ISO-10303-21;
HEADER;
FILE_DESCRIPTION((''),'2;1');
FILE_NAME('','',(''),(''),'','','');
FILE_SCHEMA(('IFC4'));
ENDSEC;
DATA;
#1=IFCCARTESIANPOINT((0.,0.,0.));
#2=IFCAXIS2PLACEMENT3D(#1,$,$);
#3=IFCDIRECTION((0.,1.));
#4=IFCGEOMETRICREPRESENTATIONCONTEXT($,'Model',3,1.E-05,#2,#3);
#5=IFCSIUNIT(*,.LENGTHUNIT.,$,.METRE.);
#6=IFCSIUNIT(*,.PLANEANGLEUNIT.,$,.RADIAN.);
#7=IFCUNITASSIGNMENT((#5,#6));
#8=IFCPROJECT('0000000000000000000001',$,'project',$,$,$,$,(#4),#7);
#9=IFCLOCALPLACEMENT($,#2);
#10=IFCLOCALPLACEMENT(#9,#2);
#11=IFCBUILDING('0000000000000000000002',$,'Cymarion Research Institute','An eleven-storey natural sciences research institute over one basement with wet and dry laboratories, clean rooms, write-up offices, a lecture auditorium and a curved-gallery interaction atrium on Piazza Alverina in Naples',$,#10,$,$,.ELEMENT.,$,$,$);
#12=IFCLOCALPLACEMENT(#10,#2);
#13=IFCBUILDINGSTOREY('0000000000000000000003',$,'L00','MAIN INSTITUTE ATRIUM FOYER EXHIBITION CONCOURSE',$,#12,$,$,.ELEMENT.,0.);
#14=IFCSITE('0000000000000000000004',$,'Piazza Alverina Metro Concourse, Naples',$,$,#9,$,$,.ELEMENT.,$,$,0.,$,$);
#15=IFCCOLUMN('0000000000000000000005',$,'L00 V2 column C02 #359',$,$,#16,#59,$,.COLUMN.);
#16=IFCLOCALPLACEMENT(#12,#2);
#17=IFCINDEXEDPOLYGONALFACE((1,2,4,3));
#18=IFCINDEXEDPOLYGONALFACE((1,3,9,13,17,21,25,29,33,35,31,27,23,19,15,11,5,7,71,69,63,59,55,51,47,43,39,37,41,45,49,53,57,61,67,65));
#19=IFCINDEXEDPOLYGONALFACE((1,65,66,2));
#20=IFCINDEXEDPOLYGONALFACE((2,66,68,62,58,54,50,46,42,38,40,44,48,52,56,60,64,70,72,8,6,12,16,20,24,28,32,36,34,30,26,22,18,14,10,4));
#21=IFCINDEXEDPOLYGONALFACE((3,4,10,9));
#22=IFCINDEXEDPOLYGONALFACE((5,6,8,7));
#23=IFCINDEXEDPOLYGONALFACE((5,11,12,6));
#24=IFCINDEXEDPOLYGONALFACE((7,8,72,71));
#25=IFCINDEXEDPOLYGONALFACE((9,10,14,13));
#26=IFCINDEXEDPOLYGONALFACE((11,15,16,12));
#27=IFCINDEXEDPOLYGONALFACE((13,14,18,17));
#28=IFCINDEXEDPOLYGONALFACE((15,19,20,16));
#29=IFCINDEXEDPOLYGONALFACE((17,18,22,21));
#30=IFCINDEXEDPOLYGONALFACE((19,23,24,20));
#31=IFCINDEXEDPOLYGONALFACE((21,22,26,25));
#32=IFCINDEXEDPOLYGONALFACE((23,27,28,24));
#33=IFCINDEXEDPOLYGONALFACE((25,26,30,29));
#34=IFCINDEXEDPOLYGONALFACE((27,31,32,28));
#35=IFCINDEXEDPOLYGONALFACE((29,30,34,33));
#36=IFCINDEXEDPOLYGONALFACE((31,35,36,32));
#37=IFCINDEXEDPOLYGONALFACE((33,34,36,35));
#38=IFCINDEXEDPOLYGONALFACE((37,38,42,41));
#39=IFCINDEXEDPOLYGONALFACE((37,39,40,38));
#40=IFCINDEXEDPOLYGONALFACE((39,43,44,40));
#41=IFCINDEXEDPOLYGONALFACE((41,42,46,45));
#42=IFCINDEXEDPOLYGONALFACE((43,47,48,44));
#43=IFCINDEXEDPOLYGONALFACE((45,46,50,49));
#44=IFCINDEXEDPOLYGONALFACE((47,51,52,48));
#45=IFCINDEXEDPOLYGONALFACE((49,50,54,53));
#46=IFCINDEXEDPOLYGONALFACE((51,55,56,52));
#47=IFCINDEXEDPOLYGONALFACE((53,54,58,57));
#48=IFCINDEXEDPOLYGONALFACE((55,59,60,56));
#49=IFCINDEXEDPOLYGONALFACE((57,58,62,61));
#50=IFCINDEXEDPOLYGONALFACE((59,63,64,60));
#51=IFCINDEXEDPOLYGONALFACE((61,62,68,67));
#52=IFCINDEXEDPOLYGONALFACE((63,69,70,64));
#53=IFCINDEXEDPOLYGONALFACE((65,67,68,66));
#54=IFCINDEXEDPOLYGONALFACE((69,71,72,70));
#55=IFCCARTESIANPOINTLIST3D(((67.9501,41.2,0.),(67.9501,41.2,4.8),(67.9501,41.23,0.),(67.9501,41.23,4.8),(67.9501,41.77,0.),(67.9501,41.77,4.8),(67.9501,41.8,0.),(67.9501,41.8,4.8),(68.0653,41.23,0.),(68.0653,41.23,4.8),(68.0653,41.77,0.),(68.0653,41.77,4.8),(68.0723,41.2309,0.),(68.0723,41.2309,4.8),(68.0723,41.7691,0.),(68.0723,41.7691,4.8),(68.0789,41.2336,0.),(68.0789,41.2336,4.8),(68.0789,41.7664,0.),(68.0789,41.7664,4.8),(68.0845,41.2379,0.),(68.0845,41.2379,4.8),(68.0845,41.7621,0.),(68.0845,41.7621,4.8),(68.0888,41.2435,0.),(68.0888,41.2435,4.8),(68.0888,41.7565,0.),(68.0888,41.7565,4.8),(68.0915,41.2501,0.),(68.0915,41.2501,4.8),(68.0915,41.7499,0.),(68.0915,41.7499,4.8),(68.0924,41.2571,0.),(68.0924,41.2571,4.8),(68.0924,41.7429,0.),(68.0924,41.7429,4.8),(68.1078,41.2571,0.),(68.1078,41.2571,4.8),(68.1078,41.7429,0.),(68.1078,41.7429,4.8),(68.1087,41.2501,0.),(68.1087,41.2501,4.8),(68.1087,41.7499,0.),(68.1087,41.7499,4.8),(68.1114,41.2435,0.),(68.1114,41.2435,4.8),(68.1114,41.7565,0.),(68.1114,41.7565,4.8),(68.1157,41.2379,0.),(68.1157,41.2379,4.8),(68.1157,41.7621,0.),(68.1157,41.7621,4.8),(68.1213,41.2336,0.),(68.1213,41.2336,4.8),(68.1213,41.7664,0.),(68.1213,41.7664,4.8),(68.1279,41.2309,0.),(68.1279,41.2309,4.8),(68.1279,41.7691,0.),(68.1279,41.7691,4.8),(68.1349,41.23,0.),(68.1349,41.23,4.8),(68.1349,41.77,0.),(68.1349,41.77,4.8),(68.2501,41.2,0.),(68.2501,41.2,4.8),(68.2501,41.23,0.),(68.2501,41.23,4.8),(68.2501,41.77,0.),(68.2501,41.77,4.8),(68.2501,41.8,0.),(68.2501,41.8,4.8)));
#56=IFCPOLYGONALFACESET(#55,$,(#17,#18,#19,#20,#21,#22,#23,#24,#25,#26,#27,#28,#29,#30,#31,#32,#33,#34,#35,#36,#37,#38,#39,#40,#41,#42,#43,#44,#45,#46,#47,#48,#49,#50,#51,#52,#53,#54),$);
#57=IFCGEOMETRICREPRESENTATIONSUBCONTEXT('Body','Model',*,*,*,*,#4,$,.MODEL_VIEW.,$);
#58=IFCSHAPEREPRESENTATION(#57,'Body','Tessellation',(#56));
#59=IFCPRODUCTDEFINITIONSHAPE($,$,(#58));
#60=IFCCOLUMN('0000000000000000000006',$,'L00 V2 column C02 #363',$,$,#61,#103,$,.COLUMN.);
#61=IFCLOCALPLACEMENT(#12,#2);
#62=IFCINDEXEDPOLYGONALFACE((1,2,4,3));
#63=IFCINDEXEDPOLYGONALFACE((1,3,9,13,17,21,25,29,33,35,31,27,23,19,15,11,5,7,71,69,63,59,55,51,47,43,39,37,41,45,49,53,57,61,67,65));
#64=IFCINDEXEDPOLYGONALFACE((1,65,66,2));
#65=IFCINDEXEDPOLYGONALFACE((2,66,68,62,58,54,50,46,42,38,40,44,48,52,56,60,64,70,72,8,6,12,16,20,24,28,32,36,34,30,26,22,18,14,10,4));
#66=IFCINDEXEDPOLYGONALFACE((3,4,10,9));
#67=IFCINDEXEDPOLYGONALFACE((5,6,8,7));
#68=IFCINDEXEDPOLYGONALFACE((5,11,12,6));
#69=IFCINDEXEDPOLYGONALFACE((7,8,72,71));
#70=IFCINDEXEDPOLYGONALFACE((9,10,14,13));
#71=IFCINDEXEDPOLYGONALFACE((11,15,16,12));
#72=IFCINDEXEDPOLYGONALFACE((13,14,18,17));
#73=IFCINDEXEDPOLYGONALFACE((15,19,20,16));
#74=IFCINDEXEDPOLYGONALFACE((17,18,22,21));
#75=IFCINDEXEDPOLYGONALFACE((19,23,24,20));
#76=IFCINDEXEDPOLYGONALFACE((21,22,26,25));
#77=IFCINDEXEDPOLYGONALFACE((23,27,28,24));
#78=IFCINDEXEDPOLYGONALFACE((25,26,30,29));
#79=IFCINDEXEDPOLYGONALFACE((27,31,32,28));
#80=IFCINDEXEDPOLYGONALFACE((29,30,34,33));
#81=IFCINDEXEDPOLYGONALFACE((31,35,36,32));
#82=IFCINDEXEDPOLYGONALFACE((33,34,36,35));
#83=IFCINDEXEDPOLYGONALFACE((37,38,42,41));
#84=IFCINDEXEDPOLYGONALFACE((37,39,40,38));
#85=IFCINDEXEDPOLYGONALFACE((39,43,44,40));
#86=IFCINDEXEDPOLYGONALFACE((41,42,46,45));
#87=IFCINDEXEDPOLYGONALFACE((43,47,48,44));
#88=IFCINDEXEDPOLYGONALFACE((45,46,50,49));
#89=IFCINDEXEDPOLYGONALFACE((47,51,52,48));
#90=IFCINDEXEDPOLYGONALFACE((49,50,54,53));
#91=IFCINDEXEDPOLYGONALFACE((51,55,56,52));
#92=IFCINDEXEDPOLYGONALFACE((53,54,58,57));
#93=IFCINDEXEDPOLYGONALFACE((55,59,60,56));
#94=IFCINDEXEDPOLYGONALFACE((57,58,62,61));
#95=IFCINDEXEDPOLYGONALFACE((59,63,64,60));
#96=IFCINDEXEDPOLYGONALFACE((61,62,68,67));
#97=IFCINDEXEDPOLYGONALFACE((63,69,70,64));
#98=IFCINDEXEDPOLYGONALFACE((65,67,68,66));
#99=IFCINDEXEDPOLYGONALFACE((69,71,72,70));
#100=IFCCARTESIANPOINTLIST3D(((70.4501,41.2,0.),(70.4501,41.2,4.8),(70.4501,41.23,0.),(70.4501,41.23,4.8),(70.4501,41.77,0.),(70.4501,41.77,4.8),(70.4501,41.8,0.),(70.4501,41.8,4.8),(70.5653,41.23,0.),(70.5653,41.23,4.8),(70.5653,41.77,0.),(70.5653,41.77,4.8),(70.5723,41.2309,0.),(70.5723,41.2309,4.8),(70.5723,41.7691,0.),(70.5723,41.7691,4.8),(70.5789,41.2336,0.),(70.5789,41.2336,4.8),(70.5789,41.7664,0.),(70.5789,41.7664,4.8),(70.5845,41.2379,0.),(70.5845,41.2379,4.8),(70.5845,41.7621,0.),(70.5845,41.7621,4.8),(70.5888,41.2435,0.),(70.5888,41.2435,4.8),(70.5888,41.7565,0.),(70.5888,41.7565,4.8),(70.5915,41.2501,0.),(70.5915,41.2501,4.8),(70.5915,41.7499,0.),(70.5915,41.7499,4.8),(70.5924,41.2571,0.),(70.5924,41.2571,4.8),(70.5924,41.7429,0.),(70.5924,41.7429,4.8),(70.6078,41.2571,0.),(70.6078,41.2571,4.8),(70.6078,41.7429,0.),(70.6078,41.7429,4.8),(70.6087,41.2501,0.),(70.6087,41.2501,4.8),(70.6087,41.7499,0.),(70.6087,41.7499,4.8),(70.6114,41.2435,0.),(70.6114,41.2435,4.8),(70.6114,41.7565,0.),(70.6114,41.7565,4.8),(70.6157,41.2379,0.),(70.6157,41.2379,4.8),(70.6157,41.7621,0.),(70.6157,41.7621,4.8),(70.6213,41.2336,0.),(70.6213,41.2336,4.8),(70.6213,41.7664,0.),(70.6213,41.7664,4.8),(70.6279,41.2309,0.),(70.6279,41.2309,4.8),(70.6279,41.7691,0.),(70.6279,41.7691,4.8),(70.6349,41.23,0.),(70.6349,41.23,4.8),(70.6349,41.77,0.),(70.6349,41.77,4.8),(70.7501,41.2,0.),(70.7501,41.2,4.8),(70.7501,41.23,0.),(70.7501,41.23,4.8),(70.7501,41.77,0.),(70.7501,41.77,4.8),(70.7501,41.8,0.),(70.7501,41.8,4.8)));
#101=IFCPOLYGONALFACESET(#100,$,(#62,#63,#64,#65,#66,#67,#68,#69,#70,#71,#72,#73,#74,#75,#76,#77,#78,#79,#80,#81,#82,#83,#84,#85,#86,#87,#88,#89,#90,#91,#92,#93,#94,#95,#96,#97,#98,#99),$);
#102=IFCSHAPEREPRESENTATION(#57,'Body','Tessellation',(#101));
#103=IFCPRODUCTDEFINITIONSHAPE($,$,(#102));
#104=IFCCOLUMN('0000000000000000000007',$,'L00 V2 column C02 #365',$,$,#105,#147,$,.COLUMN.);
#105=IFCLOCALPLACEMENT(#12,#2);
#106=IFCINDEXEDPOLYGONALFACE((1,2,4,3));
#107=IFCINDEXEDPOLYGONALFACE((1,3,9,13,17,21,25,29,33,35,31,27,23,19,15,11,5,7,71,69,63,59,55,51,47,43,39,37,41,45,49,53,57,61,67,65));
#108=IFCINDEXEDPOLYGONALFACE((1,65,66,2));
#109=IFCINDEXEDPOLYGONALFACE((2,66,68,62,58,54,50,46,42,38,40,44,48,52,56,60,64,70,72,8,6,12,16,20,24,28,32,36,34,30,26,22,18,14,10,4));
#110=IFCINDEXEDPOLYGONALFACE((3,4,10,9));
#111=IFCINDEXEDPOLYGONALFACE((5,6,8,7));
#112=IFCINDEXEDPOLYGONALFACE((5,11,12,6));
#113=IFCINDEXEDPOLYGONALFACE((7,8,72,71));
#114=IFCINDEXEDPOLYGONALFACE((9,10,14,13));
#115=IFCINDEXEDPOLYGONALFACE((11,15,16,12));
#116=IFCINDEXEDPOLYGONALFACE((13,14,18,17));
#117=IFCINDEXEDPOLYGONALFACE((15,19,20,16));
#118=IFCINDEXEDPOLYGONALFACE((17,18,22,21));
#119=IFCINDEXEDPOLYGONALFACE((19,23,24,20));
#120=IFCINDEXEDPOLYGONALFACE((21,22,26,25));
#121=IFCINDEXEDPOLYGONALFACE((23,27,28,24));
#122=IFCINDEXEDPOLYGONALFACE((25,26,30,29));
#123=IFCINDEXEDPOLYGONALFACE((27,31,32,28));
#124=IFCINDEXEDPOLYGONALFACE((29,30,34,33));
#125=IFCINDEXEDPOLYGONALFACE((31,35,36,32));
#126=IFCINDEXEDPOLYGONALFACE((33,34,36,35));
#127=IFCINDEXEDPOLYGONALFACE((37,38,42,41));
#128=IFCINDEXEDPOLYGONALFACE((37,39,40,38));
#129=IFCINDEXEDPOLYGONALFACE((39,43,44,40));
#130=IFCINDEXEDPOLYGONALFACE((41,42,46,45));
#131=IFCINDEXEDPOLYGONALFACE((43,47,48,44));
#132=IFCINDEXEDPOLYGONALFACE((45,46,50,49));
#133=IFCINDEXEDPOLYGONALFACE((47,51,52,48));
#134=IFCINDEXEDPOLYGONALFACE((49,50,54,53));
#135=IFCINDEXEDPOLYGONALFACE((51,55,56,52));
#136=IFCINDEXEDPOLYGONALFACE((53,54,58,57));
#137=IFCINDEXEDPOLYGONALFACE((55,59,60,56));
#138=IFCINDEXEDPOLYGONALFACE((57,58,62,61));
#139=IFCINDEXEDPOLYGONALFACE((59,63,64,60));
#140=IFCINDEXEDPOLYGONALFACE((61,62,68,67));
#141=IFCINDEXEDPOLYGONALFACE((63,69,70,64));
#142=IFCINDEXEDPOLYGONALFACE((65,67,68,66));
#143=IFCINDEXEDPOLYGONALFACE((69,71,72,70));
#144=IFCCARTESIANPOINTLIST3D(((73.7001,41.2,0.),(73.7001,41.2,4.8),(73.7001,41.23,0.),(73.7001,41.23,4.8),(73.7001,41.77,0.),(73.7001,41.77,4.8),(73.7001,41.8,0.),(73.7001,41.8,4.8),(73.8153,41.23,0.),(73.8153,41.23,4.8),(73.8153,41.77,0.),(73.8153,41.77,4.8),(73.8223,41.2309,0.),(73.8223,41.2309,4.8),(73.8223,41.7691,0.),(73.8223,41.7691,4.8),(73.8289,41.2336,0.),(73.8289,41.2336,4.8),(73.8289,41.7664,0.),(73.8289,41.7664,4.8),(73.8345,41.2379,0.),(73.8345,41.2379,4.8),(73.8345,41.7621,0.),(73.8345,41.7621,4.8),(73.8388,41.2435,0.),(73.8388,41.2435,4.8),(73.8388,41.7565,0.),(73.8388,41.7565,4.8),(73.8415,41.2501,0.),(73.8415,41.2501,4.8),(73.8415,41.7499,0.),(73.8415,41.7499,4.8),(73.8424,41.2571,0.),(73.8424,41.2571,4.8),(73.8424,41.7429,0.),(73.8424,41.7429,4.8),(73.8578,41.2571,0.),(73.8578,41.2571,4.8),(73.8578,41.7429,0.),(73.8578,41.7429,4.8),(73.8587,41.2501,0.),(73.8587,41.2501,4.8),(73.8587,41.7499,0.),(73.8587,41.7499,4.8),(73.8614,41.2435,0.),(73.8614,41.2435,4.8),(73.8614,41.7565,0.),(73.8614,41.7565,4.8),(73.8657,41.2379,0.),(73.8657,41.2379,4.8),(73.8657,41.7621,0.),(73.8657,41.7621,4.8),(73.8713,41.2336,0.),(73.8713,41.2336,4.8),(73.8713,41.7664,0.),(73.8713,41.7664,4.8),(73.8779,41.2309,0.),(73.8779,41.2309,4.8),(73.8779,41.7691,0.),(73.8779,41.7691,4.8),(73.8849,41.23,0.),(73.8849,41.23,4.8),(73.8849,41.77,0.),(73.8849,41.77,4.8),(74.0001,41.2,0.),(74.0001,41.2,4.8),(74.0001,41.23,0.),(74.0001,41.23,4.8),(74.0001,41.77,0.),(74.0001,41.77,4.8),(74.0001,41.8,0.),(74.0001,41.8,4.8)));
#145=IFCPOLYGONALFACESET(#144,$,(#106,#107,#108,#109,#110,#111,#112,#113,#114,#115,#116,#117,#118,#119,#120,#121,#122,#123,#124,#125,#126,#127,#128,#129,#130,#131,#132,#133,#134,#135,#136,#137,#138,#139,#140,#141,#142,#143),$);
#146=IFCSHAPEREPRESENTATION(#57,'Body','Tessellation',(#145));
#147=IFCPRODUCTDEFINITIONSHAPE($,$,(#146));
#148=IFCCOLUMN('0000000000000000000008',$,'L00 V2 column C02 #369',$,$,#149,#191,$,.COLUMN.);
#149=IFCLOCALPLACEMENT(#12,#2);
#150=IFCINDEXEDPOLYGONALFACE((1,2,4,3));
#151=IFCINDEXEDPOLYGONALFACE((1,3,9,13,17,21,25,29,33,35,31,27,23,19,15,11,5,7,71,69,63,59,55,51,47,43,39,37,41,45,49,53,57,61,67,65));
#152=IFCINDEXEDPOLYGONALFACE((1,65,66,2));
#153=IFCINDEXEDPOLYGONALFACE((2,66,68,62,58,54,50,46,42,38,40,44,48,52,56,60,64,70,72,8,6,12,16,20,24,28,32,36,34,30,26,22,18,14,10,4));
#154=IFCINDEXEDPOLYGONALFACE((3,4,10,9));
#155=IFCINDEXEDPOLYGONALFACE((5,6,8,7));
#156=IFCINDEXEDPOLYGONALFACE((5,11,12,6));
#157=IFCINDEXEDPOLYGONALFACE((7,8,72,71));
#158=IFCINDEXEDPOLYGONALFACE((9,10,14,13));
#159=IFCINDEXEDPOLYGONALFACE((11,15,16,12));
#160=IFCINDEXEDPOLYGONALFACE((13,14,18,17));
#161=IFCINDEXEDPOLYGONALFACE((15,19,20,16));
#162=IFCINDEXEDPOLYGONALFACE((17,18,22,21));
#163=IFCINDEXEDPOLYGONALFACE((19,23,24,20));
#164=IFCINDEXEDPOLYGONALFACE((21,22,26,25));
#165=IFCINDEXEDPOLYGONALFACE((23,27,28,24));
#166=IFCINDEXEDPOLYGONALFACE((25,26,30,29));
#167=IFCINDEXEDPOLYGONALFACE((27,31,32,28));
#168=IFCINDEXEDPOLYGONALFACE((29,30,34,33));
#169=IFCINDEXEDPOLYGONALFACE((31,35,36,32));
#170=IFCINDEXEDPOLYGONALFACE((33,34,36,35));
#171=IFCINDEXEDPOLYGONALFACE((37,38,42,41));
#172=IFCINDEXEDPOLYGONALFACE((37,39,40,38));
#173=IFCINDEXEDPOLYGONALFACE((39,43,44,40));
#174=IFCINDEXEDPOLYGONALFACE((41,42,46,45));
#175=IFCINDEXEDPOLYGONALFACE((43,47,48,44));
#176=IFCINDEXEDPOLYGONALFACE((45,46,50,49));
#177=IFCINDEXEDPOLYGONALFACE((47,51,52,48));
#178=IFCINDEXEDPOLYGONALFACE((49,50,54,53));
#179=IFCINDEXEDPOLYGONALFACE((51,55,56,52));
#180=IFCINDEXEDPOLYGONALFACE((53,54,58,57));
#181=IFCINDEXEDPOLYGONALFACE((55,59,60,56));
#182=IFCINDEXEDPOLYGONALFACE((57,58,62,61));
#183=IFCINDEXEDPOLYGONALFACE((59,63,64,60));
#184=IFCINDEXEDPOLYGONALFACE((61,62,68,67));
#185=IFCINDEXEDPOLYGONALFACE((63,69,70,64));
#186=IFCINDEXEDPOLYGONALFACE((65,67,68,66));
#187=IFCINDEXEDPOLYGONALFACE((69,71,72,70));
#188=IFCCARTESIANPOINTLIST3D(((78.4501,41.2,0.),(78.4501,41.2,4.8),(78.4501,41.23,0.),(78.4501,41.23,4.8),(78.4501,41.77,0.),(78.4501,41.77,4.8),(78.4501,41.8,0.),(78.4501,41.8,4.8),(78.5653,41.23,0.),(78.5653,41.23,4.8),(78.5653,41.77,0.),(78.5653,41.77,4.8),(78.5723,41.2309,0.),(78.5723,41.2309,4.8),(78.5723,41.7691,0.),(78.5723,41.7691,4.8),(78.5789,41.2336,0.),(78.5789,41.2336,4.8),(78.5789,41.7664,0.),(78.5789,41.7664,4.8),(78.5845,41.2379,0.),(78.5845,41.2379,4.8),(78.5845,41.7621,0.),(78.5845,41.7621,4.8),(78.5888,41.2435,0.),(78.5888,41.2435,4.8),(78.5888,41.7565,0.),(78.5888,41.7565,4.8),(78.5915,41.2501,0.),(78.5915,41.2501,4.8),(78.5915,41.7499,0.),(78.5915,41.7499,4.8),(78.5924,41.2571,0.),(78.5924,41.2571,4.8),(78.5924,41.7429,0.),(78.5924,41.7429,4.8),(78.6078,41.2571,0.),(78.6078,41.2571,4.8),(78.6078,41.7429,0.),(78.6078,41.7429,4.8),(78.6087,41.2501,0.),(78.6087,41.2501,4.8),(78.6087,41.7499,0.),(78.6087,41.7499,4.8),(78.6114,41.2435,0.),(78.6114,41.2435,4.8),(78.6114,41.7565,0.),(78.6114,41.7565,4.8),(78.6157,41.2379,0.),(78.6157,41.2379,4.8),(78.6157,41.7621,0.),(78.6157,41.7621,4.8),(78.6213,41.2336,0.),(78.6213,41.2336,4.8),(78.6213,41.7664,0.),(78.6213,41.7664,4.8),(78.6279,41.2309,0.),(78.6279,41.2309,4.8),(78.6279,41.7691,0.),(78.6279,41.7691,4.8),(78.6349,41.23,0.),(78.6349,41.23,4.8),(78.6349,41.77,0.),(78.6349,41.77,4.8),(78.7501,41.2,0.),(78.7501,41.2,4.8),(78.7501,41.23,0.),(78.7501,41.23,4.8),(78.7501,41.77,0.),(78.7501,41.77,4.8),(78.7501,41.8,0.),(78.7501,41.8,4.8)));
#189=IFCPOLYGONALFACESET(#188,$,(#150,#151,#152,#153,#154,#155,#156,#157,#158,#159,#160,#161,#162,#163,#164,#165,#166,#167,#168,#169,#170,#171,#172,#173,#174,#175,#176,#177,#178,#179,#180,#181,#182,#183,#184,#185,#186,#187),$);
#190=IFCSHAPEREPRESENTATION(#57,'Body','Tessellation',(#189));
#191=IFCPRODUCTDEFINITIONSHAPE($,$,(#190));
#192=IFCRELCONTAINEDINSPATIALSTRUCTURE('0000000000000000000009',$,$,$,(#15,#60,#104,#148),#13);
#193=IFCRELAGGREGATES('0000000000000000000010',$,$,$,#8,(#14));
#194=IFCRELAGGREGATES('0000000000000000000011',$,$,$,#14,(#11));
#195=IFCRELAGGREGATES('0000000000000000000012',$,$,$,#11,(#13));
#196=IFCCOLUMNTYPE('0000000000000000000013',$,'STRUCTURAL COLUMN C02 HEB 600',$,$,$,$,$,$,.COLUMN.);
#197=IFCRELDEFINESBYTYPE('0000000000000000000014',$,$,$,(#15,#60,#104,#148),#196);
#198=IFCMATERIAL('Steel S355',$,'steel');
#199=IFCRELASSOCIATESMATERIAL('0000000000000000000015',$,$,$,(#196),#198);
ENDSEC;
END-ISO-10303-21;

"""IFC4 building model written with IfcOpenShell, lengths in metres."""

from ifc_helpers import new_model, si_unit, direction, frame, origin, origin_2d, place, context, subcontext, project, spatial, i_section, extrude, material, material_profile, profile_set, type_object, element, save


model = new_model("IFC4")

# Units and contexts
model_context = context("Model", 3, precision=1e-05, world=origin(), true_north=direction((0.0, 1.0)))
body_context = subcontext(model_context, "Body", "Model", "MODEL_VIEW")
ifc_project = project(units=[si_unit("LENGTHUNIT", "METRE"), si_unit("PLANEANGLEUNIT", "RADIAN")], contexts=[model_context])

# Site, building, storey
site_placement = place(None, origin())
site = spatial("IfcSite", under=ifc_project, at=site_placement, Name="Piazza Alverina Metro Concourse, Naples", CompositionType="ELEMENT", RefElevation=0.0)
building_placement = place(site_placement, origin())
building = spatial("IfcBuilding", under=site, at=building_placement, Name="Cymarion Research Institute", Description="An eleven-storey natural sciences research institute over one basement with wet and dry laboratories, clean rooms, write-up offices, a lecture auditorium and a curved-gallery interaction atrium on Piazza Alverina in Naples", CompositionType="ELEMENT")
storey_placement = place(building_placement, origin())
storey = spatial("IfcBuildingStorey", under=building, at=storey_placement, Name="L00", Description="MAIN INSTITUTE ATRIUM FOYER EXHIBITION CONCOURSE", CompositionType="ELEMENT", Elevation=0.0)

# Columns
ifc_material_1 = material(Name="Steel S355", Category="steel")
ifc_material_profile_1 = material_profile(ifc_material_1, i_section(OverallWidth=0.3, OverallDepth=0.6001, WebThickness=0.0154, FlangeThickness=0.03, FilletRadius=0.0271, at=origin_2d()), Name="HEB 600")
ifc_profile_set_1 = profile_set([ifc_material_profile_1], Name="Steel S355")
column_type_1 = type_object("IfcColumnType", Name="STRUCTURAL COLUMN C02 HEB 600", PredefinedType="COLUMN", material=ifc_profile_set_1)
for number, where, z_axis, x_axis, name in (
    (1, (68.1001, 41.5, 0.0), (0.0, 0.0, 1.0), (1.0, 0.0, 0.0), "L00 V2 column C02 #359"),
    (2, (70.6001, 41.5, 0.0), (0.0, 0.0, 1.0), (1.0, 0.0, 0.0), "L00 V2 column C02 #363"),
    (3, (73.8501, 41.5, 0.0), (0.0, 0.0, 1.0), (1.0, 0.0, 0.0), "L00 V2 column C02 #365"),
    (4, (78.6001, 41.5, 0.0), (0.0, 0.0, 1.0), (1.0, 0.0, 0.0), "L00 V2 column C02 #369"),
):
    element("IfcColumn", number, at=place(storey_placement, frame(where, z_axis=z_axis, x_axis=x_axis)), inside=storey, type_object=column_type_1, Name=name, PredefinedType="COLUMN", context=body_context, shape_type="SweptSolid", body=[
        extrude(i_section(OverallWidth=0.3, OverallDepth=0.6001, WebThickness=0.0154, FlangeThickness=0.03, FilletRadius=0.0271, at=origin_2d()), origin(), (0.0, 0.0, 1.0), 4.8),
    ])

save(model, "model.ifc")
